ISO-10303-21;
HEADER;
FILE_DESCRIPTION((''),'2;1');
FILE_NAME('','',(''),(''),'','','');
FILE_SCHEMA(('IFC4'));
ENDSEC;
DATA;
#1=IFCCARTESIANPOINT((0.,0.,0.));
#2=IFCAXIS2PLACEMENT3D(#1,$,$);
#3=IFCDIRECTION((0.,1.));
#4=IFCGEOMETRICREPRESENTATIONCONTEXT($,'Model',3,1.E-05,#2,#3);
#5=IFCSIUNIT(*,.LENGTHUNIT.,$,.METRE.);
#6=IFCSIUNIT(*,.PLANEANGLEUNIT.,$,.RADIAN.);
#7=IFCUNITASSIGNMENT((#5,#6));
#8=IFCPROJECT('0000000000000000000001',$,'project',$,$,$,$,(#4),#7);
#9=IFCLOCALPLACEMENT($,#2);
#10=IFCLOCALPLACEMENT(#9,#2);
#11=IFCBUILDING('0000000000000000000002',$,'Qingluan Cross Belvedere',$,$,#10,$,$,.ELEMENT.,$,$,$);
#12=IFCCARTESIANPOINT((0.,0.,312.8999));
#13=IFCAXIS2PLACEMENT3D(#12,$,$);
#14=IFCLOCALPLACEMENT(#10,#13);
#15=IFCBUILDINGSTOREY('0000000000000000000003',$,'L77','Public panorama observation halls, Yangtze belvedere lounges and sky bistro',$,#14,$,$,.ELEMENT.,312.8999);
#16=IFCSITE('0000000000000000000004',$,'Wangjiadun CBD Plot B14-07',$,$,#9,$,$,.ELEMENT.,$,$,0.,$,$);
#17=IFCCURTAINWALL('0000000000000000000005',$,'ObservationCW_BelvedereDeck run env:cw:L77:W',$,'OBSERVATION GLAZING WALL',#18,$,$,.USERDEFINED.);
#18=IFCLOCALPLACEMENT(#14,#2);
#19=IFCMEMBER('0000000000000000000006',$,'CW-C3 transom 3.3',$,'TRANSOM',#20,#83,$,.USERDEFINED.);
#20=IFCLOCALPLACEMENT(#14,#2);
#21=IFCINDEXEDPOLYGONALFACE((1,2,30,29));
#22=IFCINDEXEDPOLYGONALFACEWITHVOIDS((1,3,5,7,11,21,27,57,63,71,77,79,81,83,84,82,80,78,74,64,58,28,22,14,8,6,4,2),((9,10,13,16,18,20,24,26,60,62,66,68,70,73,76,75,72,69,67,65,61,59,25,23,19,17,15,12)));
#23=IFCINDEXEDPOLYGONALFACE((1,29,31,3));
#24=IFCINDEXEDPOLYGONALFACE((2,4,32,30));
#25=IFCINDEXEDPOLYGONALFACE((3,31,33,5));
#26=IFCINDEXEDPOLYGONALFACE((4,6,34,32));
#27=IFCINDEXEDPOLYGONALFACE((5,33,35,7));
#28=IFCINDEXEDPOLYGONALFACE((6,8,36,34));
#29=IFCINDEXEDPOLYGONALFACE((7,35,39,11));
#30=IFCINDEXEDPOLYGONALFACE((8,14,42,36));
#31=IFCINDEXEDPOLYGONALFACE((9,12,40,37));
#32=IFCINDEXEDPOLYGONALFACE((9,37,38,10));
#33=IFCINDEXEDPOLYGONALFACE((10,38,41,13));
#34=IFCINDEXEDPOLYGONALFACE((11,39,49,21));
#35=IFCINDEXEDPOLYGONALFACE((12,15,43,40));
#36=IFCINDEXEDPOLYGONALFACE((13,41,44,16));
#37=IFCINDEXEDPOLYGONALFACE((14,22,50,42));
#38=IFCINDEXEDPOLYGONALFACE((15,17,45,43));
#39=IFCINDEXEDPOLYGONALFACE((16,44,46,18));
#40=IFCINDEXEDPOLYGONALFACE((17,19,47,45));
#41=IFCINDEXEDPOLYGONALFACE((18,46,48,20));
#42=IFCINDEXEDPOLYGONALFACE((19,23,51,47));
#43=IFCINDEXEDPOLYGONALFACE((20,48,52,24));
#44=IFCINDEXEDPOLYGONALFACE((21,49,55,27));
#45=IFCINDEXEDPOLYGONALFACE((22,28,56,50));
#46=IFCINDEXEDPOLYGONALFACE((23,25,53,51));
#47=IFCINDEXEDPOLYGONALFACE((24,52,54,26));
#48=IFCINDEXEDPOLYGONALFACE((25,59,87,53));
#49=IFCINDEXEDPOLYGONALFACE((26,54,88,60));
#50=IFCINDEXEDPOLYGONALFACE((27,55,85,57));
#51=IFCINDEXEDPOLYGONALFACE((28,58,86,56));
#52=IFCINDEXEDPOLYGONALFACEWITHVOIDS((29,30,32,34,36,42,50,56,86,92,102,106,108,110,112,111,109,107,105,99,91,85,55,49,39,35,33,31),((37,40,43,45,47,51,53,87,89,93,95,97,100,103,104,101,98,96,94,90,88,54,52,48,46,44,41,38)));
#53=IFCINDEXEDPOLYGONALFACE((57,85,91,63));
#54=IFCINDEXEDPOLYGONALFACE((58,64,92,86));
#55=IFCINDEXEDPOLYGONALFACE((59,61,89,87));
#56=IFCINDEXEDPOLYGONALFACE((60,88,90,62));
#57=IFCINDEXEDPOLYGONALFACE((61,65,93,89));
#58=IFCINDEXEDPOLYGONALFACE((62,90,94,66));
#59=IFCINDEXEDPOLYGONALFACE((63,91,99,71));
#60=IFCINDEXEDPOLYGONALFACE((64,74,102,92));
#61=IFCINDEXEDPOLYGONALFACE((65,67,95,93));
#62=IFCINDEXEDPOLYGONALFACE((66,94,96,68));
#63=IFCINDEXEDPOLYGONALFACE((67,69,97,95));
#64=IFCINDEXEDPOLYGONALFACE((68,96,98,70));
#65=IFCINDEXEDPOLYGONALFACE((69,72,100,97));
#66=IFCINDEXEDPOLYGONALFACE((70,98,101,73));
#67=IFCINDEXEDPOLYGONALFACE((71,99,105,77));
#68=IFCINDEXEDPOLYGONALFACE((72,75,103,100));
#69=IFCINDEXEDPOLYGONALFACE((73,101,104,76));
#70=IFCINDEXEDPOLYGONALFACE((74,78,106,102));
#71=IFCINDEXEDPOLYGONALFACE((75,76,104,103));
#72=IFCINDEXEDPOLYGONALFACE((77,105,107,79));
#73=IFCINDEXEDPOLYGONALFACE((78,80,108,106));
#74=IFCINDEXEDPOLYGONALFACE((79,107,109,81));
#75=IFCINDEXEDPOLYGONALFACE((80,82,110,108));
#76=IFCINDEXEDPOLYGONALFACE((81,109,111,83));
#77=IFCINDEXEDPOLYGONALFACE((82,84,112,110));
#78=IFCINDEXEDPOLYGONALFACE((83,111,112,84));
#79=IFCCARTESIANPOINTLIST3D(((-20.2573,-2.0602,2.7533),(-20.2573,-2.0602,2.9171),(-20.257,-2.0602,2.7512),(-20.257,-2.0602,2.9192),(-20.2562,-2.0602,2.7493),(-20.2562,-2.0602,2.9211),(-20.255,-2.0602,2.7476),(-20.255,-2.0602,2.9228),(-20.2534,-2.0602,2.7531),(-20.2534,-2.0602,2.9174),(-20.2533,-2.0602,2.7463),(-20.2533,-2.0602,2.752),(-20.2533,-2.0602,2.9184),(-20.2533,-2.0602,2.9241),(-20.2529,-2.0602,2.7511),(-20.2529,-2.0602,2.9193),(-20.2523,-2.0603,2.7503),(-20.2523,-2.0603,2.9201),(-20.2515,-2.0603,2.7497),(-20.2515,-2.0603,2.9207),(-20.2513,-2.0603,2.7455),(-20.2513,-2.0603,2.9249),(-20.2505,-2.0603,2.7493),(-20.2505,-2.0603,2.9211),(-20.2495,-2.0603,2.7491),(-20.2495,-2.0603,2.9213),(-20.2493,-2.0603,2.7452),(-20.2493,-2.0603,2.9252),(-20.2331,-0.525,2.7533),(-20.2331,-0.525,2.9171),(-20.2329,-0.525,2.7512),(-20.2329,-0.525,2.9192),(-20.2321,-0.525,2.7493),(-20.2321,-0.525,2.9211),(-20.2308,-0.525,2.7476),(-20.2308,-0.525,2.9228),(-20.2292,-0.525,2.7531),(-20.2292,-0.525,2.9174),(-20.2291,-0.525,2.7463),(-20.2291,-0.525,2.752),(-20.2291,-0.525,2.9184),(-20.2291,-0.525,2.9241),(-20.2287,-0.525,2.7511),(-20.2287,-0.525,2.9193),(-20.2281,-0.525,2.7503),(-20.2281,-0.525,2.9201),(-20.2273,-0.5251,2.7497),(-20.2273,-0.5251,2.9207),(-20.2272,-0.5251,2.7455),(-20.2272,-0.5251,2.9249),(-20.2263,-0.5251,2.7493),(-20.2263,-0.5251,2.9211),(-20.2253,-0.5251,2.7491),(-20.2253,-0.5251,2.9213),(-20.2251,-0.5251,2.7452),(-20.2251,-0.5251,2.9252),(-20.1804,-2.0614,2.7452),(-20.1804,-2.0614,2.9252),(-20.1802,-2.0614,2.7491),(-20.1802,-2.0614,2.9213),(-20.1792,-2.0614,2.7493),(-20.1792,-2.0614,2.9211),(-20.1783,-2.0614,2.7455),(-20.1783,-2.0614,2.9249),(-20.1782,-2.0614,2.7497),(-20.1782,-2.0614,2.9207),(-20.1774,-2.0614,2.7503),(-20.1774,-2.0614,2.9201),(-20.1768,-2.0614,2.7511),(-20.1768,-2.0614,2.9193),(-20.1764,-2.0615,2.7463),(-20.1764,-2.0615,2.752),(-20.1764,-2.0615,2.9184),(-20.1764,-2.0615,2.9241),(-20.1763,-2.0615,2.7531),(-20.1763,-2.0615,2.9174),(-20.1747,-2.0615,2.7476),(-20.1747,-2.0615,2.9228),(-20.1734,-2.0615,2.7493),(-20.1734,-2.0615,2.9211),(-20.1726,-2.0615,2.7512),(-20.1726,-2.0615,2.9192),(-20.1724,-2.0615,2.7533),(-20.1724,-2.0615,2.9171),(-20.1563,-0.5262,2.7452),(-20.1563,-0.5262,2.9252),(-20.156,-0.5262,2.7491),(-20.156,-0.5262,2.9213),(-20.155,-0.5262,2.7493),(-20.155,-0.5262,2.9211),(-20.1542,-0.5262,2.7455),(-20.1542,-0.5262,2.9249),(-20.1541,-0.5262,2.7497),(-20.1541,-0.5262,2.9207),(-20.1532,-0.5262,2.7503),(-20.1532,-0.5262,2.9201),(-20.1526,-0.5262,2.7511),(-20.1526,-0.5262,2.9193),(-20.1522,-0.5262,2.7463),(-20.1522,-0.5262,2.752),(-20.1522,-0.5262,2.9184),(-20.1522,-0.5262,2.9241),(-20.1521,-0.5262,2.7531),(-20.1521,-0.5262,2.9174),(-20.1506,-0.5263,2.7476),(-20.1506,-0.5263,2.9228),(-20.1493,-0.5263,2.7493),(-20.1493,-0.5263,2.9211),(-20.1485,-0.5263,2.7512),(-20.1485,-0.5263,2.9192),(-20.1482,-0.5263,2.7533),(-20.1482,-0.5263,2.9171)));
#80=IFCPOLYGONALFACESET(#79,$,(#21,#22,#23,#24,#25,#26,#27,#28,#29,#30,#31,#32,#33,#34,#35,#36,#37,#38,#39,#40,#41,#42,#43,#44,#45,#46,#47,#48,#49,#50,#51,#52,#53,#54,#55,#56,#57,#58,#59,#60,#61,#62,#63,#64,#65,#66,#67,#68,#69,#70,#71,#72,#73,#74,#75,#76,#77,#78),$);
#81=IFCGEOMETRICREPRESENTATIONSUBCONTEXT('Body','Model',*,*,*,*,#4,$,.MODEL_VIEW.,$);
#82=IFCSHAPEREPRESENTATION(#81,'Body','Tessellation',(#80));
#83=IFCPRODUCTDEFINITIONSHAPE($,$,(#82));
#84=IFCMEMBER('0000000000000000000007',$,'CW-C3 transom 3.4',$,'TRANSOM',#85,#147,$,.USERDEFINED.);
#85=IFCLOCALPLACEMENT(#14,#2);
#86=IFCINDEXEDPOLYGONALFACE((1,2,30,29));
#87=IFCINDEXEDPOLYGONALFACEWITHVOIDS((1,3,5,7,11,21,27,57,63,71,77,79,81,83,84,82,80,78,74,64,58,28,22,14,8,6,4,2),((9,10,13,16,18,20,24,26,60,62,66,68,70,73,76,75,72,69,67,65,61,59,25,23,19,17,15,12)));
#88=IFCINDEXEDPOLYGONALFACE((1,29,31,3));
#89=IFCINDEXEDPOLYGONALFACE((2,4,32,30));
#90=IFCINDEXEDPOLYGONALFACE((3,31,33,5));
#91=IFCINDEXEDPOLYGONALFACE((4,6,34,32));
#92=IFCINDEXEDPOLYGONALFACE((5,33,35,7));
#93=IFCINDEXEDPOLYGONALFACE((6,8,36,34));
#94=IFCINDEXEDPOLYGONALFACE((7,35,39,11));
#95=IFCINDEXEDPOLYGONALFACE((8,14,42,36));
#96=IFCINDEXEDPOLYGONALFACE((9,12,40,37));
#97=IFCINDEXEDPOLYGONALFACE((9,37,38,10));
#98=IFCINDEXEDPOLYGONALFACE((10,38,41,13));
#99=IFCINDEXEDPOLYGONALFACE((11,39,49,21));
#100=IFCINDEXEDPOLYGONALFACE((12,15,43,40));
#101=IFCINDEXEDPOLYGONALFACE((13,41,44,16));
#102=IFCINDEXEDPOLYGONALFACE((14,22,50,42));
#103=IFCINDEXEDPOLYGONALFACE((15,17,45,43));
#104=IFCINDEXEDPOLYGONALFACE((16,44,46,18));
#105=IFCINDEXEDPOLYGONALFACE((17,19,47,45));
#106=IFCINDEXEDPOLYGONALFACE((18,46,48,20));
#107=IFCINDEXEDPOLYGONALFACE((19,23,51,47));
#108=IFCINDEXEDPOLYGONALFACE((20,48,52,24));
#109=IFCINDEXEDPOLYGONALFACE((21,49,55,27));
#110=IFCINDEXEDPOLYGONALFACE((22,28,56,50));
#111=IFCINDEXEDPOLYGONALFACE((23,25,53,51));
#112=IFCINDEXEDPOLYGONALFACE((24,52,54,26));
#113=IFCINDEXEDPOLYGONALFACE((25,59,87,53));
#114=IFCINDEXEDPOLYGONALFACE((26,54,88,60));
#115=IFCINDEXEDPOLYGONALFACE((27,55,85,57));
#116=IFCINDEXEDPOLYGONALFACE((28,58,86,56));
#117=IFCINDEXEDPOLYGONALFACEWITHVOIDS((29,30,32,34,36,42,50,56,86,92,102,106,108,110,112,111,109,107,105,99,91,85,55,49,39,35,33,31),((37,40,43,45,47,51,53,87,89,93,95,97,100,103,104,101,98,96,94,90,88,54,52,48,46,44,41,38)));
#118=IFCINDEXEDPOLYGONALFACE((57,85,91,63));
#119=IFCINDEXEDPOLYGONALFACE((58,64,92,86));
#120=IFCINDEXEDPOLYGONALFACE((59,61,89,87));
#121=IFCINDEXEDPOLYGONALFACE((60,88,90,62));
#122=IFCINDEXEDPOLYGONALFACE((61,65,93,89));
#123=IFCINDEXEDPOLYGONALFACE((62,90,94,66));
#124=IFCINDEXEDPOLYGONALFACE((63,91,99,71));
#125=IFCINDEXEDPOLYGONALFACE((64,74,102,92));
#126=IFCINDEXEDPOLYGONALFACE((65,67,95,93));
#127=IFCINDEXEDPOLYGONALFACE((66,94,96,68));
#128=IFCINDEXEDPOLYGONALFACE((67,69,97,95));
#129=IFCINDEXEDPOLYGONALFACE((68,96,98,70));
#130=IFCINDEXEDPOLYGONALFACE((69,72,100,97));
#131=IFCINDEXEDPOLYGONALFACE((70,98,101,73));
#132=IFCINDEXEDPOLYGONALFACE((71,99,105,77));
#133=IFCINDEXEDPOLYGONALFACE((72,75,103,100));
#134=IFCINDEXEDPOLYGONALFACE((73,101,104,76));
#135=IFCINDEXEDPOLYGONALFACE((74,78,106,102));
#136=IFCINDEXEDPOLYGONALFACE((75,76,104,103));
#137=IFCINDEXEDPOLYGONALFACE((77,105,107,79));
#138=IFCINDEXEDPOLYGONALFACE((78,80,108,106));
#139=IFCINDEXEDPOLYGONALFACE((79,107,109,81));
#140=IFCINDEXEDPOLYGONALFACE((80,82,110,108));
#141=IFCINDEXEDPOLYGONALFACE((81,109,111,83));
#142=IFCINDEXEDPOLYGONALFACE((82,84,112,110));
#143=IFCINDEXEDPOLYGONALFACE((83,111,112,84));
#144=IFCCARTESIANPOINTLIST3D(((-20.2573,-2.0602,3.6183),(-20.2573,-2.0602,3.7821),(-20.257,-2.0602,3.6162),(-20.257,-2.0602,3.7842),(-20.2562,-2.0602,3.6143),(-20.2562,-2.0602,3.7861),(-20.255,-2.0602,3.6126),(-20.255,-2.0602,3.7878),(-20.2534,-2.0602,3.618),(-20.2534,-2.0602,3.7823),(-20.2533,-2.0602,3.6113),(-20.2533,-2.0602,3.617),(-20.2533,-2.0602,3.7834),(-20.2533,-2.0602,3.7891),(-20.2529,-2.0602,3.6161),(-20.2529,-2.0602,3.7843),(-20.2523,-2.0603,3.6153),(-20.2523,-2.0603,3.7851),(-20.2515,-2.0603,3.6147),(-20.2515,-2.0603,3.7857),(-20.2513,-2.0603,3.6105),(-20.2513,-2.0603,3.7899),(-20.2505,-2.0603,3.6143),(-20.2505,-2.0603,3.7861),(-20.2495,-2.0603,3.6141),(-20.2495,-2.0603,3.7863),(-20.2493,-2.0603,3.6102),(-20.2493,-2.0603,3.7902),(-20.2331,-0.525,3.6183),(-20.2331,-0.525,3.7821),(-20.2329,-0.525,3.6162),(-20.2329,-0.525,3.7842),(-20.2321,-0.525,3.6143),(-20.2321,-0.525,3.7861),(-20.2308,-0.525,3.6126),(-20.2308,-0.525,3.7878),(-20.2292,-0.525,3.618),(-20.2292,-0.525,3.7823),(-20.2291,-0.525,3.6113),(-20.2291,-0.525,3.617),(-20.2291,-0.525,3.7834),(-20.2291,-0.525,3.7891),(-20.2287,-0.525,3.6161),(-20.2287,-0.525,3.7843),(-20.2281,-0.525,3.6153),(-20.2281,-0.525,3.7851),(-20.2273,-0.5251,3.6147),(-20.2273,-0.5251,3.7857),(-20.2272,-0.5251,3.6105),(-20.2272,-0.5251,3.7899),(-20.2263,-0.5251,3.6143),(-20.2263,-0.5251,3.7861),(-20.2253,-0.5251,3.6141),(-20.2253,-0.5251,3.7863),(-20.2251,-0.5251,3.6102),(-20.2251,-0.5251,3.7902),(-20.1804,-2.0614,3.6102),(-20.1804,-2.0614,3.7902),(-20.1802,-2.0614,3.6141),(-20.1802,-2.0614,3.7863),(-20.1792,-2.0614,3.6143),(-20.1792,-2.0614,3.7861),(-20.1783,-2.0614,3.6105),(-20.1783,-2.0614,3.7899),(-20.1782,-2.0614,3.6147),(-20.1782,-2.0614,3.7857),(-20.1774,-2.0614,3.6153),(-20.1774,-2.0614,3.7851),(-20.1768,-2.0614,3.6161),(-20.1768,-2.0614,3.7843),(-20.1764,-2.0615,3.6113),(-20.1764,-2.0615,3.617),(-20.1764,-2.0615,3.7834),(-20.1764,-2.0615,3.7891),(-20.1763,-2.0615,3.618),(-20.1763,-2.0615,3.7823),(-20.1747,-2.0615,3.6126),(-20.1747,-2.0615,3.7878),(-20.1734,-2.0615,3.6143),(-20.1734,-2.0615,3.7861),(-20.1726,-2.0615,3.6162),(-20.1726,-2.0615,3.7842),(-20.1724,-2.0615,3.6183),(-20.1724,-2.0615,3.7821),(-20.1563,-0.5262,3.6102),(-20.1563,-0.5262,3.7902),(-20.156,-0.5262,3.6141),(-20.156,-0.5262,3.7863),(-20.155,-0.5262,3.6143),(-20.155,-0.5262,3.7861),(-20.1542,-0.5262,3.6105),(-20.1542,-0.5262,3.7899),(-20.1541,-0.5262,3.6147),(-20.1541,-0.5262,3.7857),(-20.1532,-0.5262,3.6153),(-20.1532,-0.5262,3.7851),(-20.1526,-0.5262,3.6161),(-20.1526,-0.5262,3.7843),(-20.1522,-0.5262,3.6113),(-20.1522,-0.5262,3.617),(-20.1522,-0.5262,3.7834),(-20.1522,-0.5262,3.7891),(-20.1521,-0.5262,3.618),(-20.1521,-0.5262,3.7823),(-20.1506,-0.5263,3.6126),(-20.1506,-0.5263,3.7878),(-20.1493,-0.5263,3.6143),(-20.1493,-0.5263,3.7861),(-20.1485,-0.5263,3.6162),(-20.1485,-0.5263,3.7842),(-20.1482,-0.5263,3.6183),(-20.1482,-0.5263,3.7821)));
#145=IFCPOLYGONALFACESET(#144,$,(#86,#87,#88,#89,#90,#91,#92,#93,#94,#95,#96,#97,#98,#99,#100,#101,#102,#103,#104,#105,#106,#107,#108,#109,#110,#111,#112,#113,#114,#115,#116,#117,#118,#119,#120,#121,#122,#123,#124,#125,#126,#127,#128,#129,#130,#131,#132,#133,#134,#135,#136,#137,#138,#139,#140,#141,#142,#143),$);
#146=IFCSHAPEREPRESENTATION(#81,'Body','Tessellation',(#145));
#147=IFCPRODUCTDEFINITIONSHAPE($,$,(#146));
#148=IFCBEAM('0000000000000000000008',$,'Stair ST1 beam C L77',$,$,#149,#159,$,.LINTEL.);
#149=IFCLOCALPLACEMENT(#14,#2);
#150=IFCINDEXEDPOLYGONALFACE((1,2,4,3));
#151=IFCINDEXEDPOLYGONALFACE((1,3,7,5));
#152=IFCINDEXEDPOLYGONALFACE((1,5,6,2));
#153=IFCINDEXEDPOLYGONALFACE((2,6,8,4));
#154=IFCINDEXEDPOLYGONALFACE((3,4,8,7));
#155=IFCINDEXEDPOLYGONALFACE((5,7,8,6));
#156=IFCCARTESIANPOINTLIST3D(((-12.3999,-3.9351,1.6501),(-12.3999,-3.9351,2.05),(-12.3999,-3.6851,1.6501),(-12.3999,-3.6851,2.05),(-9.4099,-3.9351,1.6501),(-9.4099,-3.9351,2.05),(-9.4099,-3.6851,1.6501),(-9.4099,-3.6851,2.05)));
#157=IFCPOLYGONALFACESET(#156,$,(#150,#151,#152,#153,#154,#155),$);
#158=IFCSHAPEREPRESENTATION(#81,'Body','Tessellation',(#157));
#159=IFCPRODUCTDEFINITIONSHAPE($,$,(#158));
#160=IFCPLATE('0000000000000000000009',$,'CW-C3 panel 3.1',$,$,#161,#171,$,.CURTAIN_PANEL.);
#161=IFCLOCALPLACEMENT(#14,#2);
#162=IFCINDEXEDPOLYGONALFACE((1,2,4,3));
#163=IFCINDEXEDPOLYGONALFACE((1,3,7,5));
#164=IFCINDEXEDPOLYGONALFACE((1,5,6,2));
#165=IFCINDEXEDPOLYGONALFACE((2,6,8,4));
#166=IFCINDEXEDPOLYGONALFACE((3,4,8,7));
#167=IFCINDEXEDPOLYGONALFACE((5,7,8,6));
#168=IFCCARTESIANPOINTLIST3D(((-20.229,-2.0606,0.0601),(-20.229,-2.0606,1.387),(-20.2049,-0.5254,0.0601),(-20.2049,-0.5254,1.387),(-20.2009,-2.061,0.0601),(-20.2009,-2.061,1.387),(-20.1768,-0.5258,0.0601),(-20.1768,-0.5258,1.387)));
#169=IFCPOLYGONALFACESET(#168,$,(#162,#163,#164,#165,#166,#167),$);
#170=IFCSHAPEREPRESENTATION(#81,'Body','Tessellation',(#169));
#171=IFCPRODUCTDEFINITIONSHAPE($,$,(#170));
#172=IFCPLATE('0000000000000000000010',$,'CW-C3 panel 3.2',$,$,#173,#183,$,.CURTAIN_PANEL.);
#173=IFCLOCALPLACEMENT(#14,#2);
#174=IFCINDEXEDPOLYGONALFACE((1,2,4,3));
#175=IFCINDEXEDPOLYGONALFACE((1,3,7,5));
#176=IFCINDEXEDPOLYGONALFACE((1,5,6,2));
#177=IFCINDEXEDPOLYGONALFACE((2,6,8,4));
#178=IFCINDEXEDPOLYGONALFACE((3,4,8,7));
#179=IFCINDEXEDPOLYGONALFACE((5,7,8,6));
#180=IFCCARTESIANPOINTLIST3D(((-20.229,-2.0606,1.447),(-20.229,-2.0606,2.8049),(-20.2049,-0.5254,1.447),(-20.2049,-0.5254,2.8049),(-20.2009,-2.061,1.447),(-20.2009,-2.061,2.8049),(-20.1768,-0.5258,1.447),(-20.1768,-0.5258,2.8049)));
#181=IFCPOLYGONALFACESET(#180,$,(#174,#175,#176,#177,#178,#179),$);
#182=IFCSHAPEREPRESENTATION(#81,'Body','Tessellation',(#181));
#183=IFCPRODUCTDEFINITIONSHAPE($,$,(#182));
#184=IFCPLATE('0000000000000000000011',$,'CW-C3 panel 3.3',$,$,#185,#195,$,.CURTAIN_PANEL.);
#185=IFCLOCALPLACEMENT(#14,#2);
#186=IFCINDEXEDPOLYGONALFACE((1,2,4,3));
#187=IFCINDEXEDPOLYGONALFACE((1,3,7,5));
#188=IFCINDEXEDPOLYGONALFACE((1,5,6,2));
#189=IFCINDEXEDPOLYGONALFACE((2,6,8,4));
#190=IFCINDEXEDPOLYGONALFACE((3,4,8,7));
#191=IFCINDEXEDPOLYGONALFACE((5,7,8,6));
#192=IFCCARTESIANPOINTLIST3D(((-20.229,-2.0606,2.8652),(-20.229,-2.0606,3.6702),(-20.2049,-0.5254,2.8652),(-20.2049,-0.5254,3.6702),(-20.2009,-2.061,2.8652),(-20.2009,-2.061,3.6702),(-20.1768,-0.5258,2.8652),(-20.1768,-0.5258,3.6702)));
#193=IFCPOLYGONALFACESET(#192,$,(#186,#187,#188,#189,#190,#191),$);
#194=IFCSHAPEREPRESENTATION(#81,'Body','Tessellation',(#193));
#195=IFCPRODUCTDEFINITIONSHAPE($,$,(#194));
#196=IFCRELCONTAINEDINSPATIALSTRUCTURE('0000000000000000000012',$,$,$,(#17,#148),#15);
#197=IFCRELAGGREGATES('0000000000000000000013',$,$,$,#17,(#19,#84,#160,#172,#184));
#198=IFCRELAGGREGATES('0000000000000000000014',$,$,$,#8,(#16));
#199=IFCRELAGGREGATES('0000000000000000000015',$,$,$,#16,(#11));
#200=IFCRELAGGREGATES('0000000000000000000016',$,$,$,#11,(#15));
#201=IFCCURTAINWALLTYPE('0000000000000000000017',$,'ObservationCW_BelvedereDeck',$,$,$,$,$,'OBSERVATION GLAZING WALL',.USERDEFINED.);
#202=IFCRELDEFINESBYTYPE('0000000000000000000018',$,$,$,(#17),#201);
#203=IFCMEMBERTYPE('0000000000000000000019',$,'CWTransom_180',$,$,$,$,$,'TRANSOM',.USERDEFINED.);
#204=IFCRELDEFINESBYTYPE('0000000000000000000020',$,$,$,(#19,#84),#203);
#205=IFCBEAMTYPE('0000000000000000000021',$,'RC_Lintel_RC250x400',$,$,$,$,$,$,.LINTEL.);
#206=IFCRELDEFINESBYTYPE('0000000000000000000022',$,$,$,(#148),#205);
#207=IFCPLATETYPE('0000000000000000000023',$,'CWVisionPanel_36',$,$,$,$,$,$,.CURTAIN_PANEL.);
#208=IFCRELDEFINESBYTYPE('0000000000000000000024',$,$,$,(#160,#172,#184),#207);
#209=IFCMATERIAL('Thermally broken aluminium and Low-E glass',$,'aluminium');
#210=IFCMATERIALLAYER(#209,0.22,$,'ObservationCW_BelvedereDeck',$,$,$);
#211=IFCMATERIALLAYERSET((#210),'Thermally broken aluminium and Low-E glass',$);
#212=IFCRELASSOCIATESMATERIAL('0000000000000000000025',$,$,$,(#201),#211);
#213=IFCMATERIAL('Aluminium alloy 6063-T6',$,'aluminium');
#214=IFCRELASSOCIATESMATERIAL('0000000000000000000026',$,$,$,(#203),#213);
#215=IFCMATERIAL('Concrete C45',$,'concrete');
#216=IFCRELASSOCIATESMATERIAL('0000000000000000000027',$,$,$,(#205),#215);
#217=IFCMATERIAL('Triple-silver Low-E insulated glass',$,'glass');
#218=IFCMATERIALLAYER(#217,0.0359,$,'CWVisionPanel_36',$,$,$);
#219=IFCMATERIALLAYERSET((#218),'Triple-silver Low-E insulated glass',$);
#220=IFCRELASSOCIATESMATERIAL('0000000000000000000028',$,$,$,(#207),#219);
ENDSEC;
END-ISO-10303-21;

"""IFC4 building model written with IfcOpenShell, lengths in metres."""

from ifc_helpers import new_model, si_unit, direction, frame, origin, origin_2d, place, context, subcontext, project, spatial, rectangle, hollow_rectangle, extrude, material, layer, layer_set, material_profile, profile_set, type_object, element, aggregate, save


model = new_model("IFC4")

# Units and contexts
model_context = context("Model", 3, precision=1e-05, world=origin(), true_north=direction((0.0, 1.0)))
body_context = subcontext(model_context, "Body", "Model", "MODEL_VIEW")
ifc_project = project(units=[si_unit("LENGTHUNIT", "METRE"), si_unit("PLANEANGLEUNIT", "RADIAN")], contexts=[model_context])

# Site, building, storey
site_placement = place(None, origin())
site = spatial("IfcSite", under=ifc_project, at=site_placement, Name="Wangjiadun CBD Plot B14-07", CompositionType="ELEMENT", RefElevation=0.0)
building_placement = place(site_placement, origin())
building = spatial("IfcBuilding", under=site, at=building_placement, Name="Qingluan Cross Belvedere", CompositionType="ELEMENT")
storey_placement = place(building_placement, frame((0.0, 0.0, 312.8999)))
storey = spatial("IfcBuildingStorey", under=building, at=storey_placement, Name="L77", Description="Public panorama observation halls, Yangtze belvedere lounges and sky bistro", CompositionType="ELEMENT", Elevation=312.8999)

# Curtain wall, members
ifc_material_1 = material(Name="Thermally broken aluminium and Low-E glass", Category="aluminium")
ifc_layer_1 = layer(ifc_material_1, 0.22, Name="ObservationCW_BelvedereDeck")
ifc_layer_set_1 = layer_set([ifc_layer_1], Name="Thermally broken aluminium and Low-E glass")
curtain_wall_type = type_object("IfcCurtainWallType", Name="ObservationCW_BelvedereDeck", ElementType="OBSERVATION GLAZING WALL", PredefinedType="USERDEFINED", material=ifc_layer_set_1)
curtain_wall_placement = place(storey_placement, origin())
curtain_wall = element("IfcCurtainWall", 1, at=curtain_wall_placement, inside=storey, type_object=curtain_wall_type, Name="ObservationCW_BelvedereDeck run env:cw:L77:W", ObjectType="OBSERVATION GLAZING WALL", PredefinedType="USERDEFINED")
ifc_material_2 = material(Name="Aluminium alloy 6063-T6", Category="aluminium")
ifc_material_profile_1 = material_profile(ifc_material_2, hollow_rectangle(XDim=0.085, YDim=0.1799, WallThickness=0.0039, InnerFilletRadius=0.0039, OuterFilletRadius=0.0081, at=origin_2d()), Name="CWT180x85x4")
ifc_profile_set_1 = profile_set([ifc_material_profile_1], Name="Aluminium alloy 6063-T6")
member_type_1 = type_object("IfcMemberType", Name="CWTransom_180", ElementType="TRANSOM", PredefinedType="USERDEFINED", material=ifc_profile_set_1)
member_1_placement = place(storey_placement, frame((-20.1907, -0.5256, 2.8352), z_axis=(-0.015742, -0.999876, 0.0), x_axis=(0.999876, -0.015742, 0.0)))
member_1 = element("IfcMember", 2, at=member_1_placement, type_object=member_type_1, Name="CW-C3 transom 3.3", ObjectType="TRANSOM", PredefinedType="USERDEFINED", context=body_context, shape_type="SweptSolid", body=[
    extrude(hollow_rectangle(XDim=0.085, YDim=0.1799, WallThickness=0.0039, InnerFilletRadius=0.0039, OuterFilletRadius=0.0081, at=origin_2d()), origin(), (0.0, 0.0, 1.0), 1.5354),
])
member_2_placement = place(storey_placement, frame((-20.1907, -0.5256, 3.7002), z_axis=(-0.015742, -0.999876, 0.0), x_axis=(0.999876, -0.015742, 0.0)))
member_2 = element("IfcMember", 3, at=member_2_placement, type_object=member_type_1, Name="CW-C3 transom 3.4", ObjectType="TRANSOM", PredefinedType="USERDEFINED", context=body_context, shape_type="SweptSolid", body=[
    extrude(hollow_rectangle(XDim=0.085, YDim=0.1799, WallThickness=0.0039, InnerFilletRadius=0.0039, OuterFilletRadius=0.0081, at=origin_2d()), origin(), (0.0, 0.0, 1.0), 1.5354),
])

# Beam
ifc_material_3 = material(Name="Concrete C45", Category="concrete")
ifc_material_profile_2 = material_profile(ifc_material_3, rectangle(XDim=0.25, YDim=0.3999, at=origin_2d()), Name="RC250x400")
ifc_profile_set_2 = profile_set([ifc_material_profile_2], Name="Concrete C45")
beam_type = type_object("IfcBeamType", Name="RC_Lintel_RC250x400", PredefinedType="LINTEL", material=ifc_profile_set_2)
beam_placement = place(storey_placement, frame((-12.3999, -3.8101, 1.8501), z_axis=(1.0, 0.0, 0.0), x_axis=(0.0, 1.0, 0.0)))
element("IfcBeam", 4, at=beam_placement, inside=storey, type_object=beam_type, Name="Stair ST1 beam C L77", PredefinedType="LINTEL", context=body_context, shape_type="SweptSolid", body=[
    extrude(rectangle(XDim=0.25, YDim=0.3999, at=origin_2d()), origin(), (0.0, 0.0, 1.0), 2.99),
])

# Plates
ifc_material_4 = material(Name="Triple-silver Low-E insulated glass", Category="glass")
ifc_layer_2 = layer(ifc_material_4, 0.0359, Name="CWVisionPanel_36")
ifc_layer_set_2 = layer_set([ifc_layer_2], Name="Triple-silver Low-E insulated glass")
plate_type = type_object("IfcPlateType", Name="CWVisionPanel_36", PredefinedType="CURTAIN_PANEL", material=ifc_layer_set_2)
plate_1_placement = place(storey_placement, frame((-20.2029, -1.2932, 0.0601), z_axis=(0.0, 0.0, 1.0), x_axis=(-0.01571, -0.999877, 0.0)))
plate_1 = element("IfcPlate", 5, at=plate_1_placement, type_object=plate_type, Name="CW-C3 panel 3.1", PredefinedType="CURTAIN_PANEL", context=body_context, shape_type="SweptSolid", body=[
    extrude(rectangle(XDim=1.5354, YDim=0.0281, at=origin_2d()), origin(), (0.0, 0.0, 1.0), 1.3269),
])
plate_2_placement = place(storey_placement, frame((-20.2029, -1.2932, 1.447), z_axis=(0.0, 0.0, 1.0), x_axis=(-0.01571, -0.999877, 0.0)))
plate_2 = element("IfcPlate", 6, at=plate_2_placement, type_object=plate_type, Name="CW-C3 panel 3.2", PredefinedType="CURTAIN_PANEL", context=body_context, shape_type="SweptSolid", body=[
    extrude(rectangle(XDim=1.5354, YDim=0.0281, at=origin_2d()), origin(), (0.0, 0.0, 1.0), 1.3579),
])
plate_3_placement = place(storey_placement, frame((-20.2029, -1.2932, 2.8652), z_axis=(0.0, 0.0, 1.0), x_axis=(-0.01571, -0.999877, 0.0)))
plate_3 = element("IfcPlate", 7, at=plate_3_placement, type_object=plate_type, Name="CW-C3 panel 3.3", PredefinedType="CURTAIN_PANEL", context=body_context, shape_type="SweptSolid", body=[
    extrude(rectangle(XDim=1.5354, YDim=0.0281, at=origin_2d()), origin(), (0.0, 0.0, 1.0), 0.8049),
])
aggregate(curtain_wall, [member_1, member_2, plate_1, plate_2, plate_3])

save(model, "model.ifc")
